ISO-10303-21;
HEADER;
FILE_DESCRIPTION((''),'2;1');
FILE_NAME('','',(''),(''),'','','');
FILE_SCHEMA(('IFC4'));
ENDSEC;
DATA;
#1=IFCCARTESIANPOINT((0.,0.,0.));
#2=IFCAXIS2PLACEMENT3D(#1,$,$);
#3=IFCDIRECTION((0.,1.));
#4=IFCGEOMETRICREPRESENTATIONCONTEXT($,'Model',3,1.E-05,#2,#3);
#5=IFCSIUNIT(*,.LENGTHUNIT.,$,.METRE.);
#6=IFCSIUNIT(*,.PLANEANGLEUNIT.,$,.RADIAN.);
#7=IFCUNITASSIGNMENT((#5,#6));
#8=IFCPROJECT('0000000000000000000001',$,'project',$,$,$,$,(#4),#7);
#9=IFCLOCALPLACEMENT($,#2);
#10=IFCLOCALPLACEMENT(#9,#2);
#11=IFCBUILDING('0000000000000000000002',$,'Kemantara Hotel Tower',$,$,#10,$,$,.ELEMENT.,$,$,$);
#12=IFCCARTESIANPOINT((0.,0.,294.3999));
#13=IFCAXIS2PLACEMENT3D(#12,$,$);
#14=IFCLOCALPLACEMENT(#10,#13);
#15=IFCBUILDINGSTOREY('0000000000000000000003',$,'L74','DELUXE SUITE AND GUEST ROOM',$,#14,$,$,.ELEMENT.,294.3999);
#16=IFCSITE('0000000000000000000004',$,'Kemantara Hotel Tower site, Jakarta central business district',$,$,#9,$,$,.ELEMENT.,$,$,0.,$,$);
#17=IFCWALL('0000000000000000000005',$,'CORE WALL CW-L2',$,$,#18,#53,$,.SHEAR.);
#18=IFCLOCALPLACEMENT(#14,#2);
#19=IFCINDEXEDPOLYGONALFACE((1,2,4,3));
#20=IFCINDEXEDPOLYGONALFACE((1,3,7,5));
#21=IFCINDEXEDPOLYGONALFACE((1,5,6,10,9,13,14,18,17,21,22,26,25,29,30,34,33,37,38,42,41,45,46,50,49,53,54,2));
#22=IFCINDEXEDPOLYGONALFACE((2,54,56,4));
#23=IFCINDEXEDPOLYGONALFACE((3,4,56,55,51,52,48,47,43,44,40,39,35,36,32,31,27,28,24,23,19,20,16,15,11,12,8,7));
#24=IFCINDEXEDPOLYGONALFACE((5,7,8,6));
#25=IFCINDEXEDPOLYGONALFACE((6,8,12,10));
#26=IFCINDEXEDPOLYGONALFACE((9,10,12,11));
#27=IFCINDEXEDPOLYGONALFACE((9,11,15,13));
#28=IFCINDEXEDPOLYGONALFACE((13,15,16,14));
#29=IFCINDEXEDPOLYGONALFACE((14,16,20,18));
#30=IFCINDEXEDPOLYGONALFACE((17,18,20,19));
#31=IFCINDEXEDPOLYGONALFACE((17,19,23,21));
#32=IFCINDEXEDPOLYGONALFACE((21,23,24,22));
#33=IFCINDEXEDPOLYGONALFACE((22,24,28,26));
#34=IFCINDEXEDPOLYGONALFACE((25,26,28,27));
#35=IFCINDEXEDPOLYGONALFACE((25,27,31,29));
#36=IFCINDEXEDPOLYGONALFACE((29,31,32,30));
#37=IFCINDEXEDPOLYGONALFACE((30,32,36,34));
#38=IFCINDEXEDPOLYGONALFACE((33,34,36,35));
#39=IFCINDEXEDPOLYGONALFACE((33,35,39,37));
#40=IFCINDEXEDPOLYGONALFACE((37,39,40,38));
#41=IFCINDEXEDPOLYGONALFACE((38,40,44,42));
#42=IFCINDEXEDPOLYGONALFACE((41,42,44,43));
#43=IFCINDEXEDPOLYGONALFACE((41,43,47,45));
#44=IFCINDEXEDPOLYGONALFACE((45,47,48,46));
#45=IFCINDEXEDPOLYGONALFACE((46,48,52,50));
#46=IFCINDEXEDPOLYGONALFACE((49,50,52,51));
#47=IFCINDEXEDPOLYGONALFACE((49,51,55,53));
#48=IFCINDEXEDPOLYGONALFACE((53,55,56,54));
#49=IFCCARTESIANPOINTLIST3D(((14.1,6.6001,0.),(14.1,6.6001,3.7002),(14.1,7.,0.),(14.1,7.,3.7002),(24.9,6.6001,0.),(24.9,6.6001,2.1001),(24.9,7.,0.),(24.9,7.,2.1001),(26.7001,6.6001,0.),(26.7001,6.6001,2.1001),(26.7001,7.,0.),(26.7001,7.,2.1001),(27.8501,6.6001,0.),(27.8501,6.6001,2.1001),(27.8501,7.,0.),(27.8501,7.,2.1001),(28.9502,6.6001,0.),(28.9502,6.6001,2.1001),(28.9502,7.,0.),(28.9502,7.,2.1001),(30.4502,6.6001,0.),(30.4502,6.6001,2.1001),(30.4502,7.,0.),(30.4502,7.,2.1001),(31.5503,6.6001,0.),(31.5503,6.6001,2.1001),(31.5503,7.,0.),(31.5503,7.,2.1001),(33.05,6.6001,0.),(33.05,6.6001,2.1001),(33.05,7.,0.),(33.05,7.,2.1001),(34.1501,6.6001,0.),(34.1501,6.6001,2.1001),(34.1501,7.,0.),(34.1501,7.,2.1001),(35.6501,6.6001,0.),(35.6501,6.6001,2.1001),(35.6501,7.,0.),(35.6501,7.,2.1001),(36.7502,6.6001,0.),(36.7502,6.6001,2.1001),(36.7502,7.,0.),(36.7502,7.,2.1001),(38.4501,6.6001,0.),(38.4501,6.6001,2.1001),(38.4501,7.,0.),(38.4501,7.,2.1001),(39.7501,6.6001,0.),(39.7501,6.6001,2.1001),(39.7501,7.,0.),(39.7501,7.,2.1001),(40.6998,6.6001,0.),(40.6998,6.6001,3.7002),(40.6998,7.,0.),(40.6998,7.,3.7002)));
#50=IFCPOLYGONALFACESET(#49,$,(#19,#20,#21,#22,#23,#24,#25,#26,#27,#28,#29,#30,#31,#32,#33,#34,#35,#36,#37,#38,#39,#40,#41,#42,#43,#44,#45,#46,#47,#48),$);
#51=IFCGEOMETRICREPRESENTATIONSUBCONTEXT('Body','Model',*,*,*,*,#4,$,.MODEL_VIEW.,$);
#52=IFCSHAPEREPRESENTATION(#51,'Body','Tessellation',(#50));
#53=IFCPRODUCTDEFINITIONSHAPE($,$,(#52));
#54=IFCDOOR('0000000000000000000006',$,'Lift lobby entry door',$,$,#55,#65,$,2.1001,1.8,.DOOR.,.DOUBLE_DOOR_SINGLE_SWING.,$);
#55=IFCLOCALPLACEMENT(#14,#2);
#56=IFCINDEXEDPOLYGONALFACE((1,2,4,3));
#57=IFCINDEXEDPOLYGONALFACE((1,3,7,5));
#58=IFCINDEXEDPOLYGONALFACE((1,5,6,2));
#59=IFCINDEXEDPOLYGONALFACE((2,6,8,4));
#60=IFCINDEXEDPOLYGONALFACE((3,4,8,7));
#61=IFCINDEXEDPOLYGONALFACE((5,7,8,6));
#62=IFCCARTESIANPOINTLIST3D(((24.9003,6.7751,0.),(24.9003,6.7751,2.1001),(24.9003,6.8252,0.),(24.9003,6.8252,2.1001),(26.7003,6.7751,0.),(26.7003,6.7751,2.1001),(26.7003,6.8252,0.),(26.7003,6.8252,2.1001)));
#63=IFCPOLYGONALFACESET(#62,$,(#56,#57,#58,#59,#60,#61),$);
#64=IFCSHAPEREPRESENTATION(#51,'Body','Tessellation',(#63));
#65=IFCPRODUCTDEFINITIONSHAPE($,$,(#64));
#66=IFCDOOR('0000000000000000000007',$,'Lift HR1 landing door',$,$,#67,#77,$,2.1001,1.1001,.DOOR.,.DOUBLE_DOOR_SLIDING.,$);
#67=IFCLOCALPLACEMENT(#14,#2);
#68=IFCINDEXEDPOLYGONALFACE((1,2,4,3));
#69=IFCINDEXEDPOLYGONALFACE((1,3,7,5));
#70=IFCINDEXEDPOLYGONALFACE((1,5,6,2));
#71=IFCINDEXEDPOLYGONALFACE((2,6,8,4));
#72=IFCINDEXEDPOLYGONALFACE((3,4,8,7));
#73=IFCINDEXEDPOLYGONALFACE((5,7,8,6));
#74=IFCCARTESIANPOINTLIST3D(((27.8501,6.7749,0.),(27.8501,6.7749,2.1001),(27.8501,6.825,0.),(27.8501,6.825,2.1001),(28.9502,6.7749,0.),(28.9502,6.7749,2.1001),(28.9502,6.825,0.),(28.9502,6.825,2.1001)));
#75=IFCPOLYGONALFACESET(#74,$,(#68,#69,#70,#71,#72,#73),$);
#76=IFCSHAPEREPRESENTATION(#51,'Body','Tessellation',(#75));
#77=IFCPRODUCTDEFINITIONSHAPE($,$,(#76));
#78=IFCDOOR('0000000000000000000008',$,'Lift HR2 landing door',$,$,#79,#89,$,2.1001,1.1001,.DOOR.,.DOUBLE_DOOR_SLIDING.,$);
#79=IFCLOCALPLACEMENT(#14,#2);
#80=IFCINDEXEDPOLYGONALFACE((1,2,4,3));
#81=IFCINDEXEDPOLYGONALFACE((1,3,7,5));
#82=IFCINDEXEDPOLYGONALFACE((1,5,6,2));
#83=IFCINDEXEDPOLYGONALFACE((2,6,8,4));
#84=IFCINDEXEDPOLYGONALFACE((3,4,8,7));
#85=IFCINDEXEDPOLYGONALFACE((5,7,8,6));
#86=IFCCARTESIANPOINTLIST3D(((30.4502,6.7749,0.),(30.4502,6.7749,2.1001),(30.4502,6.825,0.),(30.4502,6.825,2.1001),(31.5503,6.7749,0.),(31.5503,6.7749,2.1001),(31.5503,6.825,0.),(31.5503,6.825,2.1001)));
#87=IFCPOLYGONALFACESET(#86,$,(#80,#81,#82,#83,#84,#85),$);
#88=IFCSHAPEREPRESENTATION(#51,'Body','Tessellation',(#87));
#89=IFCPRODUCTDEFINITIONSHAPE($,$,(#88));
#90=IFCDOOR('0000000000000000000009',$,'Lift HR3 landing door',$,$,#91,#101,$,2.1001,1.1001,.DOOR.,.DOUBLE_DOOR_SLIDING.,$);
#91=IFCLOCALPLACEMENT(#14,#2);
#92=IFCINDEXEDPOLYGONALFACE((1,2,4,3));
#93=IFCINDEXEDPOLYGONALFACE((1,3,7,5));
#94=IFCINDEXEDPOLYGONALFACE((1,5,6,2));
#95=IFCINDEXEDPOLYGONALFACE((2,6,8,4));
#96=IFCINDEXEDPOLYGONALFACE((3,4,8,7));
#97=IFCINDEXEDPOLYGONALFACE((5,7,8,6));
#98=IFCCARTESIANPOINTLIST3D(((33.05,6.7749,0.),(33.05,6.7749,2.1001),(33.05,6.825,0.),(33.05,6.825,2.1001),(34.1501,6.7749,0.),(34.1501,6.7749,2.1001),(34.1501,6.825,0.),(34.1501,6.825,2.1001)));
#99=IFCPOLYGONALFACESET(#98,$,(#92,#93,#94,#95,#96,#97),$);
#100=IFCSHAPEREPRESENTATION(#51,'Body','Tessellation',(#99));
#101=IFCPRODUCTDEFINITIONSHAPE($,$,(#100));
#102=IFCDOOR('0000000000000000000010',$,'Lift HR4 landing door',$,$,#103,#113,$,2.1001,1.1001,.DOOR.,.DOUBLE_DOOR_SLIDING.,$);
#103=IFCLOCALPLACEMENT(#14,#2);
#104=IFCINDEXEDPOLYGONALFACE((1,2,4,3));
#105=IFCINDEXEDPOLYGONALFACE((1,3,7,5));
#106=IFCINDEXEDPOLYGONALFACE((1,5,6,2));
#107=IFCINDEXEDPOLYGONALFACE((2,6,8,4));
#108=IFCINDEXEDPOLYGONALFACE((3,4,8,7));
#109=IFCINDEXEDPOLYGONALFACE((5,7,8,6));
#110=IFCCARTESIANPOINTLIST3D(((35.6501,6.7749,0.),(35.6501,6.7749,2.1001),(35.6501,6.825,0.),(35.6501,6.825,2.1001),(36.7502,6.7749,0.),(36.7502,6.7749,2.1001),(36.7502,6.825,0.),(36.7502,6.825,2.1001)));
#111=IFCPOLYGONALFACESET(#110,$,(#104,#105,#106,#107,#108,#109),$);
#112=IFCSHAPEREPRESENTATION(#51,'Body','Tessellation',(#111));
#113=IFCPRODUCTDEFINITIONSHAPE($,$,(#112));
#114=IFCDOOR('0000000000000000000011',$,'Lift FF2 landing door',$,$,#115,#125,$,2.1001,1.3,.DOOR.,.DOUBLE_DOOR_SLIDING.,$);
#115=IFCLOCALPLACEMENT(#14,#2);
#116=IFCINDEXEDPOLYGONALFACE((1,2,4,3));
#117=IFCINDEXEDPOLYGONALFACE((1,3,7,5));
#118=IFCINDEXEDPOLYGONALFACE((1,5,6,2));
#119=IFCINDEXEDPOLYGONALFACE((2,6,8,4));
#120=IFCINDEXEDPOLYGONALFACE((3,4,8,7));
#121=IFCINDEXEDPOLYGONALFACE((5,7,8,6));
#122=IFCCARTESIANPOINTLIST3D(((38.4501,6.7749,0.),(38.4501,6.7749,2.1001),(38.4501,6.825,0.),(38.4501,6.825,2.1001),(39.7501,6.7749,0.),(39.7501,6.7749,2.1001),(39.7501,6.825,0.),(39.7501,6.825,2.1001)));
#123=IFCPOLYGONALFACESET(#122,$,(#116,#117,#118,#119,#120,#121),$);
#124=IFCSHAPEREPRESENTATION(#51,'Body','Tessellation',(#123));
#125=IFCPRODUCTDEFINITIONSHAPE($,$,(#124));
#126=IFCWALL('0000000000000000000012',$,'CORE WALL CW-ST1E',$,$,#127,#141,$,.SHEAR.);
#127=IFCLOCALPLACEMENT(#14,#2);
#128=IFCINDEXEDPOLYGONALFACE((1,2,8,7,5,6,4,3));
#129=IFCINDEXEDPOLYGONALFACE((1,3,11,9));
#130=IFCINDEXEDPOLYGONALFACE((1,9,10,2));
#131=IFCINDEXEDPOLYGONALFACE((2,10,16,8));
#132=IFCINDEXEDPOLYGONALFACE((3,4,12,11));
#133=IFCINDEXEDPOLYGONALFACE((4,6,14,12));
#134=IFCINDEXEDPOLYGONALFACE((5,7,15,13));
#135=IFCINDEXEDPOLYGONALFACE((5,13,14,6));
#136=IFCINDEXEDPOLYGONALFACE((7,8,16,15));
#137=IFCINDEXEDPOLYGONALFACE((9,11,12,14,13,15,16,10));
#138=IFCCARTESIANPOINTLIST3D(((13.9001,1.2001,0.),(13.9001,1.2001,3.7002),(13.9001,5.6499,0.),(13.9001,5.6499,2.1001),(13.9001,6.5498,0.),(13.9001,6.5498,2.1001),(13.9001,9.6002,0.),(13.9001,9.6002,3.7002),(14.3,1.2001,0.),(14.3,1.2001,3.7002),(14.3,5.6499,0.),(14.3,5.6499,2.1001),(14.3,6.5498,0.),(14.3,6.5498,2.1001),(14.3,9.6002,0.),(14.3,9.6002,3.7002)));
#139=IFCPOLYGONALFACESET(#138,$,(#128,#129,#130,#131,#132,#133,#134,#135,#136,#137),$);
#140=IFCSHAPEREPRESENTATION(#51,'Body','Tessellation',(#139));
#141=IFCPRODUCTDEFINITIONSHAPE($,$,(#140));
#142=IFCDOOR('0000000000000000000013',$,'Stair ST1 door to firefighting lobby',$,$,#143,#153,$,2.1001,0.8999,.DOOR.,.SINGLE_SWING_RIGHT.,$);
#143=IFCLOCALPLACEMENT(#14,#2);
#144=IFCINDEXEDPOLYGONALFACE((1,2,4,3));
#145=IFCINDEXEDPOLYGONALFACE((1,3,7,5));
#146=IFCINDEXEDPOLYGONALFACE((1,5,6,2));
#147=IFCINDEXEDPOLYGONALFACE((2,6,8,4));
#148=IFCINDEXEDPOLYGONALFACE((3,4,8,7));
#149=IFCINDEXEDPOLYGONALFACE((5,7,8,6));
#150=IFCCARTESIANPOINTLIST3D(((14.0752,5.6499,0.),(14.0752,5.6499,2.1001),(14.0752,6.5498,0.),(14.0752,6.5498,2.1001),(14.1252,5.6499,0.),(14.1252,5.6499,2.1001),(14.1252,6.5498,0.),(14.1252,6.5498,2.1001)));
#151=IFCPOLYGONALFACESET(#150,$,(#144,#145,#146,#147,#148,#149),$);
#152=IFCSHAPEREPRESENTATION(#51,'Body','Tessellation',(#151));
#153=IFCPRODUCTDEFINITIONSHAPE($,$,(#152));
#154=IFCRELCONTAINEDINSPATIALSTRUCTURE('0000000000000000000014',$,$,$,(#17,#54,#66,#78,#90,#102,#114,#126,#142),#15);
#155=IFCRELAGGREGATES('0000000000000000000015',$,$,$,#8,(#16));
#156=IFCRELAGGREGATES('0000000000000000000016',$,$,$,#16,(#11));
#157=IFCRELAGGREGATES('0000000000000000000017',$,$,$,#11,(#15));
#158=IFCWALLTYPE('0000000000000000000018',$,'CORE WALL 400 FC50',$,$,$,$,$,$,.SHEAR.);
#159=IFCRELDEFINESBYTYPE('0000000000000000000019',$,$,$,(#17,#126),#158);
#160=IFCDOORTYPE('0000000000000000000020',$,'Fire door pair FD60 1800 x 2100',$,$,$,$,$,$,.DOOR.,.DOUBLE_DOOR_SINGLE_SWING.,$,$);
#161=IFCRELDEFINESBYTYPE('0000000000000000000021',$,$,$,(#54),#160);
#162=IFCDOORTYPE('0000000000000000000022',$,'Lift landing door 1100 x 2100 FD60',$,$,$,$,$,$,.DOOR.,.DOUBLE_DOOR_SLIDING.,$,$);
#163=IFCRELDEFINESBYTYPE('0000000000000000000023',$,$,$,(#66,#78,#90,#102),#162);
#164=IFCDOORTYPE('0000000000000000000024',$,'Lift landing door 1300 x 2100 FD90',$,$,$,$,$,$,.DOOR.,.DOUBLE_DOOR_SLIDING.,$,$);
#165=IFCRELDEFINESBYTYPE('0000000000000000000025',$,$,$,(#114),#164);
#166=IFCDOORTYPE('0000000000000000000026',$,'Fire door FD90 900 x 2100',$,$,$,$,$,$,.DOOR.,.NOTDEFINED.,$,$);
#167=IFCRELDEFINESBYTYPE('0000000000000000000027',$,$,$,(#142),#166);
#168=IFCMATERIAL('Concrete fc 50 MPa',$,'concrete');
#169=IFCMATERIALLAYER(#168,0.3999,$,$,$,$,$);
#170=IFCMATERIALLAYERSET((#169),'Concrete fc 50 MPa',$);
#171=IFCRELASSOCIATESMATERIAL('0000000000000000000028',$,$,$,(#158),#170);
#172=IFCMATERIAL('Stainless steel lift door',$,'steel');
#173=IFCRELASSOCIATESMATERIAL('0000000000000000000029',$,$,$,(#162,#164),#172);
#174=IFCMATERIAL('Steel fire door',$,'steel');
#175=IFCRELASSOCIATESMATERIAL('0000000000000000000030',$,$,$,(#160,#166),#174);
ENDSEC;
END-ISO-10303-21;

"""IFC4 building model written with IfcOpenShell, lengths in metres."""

from ifc_helpers import new_model, si_unit, direction, frame, frame_2d, origin, place, context, subcontext, project, spatial, rectangle, extrude, material, layer, layer_set, type_object, element, fill, save


model = new_model("IFC4")

# Units and contexts
model_context = context("Model", 3, precision=1e-05, world=origin(), true_north=direction((0.0, 1.0)))
body_context = subcontext(model_context, "Body", "Model", "MODEL_VIEW")
ifc_project = project(units=[si_unit("LENGTHUNIT", "METRE"), si_unit("PLANEANGLEUNIT", "RADIAN")], contexts=[model_context])

# Site, building, storey
site_placement = place(None, origin())
site = spatial("IfcSite", under=ifc_project, at=site_placement, Name="Kemantara Hotel Tower site, Jakarta central business district", CompositionType="ELEMENT", RefElevation=0.0)
building_placement = place(site_placement, origin())
building = spatial("IfcBuilding", under=site, at=building_placement, Name="Kemantara Hotel Tower", CompositionType="ELEMENT")
storey_placement = place(building_placement, frame((0.0, 0.0, 294.3999)))
storey = spatial("IfcBuildingStorey", under=building, at=storey_placement, Name="L74", Description="DELUXE SUITE AND GUEST ROOM", CompositionType="ELEMENT", Elevation=294.3999)

# Shared definitions
ifc_material_1 = material(Name="Concrete fc 50 MPa", Category="concrete")

# Wall, openings, doors
ifc_layer_1 = layer(ifc_material_1, 0.3999)
ifc_layer_set_1 = layer_set([ifc_layer_1], Name="Concrete fc 50 MPa")
wall_type_1 = type_object("IfcWallType", Name="CORE WALL 400 FC50", PredefinedType="SHEAR", material=ifc_layer_set_1)
ifc_material_2 = material(Name="Steel fire door", Category="steel")
ifc_material_3 = material(Name="Stainless steel lift door", Category="steel")
door_type_1 = type_object("IfcDoorType", Name="Lift landing door 1100 x 2100 FD60", OperationType="DOUBLE_DOOR_SLIDING", PredefinedType="DOOR", material=ifc_material_3)
door_type_2 = type_object("IfcDoorType", Name="Lift landing door 1300 x 2100 FD90", OperationType="DOUBLE_DOOR_SLIDING", PredefinedType="DOOR", material=ifc_material_3)
wall_1_placement = place(storey_placement, frame((14.1001, 6.8, 0.0), z_axis=(0.0, 0.0, 1.0), x_axis=(1.0, 0.0, 0.0)))
wall_1 = element("IfcWall", 1, at=wall_1_placement, inside=storey, type_object=wall_type_1, Name="CORE WALL CW-L2", PredefinedType="SHEAR", context=body_context, shape_type="SweptSolid", body=[
    extrude(rectangle(XDim=26.5999, YDim=0.3999, at=frame_2d((13.2998, 0.0))), origin(), (0.0, 0.0, 1.0), 3.7002),
])
opening_1_placement = place(wall_1_placement, frame((10.8, 0.0, 0.0)))
opening_1 = element("IfcOpeningElement", 2, at=opening_1_placement, cuts=wall_1, PredefinedType="OPENING", context=body_context, shape_type="SweptSolid", body=[
    extrude(rectangle(XDim=1.8, YDim=2.1001, at=frame_2d((0.8999, 1.05))), frame((0.0, 0.21, 0.0), z_axis=(0.0, -1.0, 0.0), x_axis=(1.0, 0.0, 0.0)), (0.0, 0.0, 1.0), 0.4199),
])
opening_2_placement = place(wall_1_placement, frame((13.75, 0.0, 0.0)))
opening_2 = element("IfcOpeningElement", 3, at=opening_2_placement, cuts=wall_1, PredefinedType="OPENING", context=body_context, shape_type="SweptSolid", body=[
    extrude(rectangle(XDim=1.1001, YDim=2.1001, at=frame_2d((0.55, 1.05))), frame((0.0, 0.21, 0.0), z_axis=(0.0, -1.0, 0.0), x_axis=(1.0, 0.0, 0.0)), (0.0, 0.0, 1.0), 0.4199),
])
opening_3_placement = place(wall_1_placement, frame((16.3501, 0.0, 0.0)))
opening_3 = element("IfcOpeningElement", 4, at=opening_3_placement, cuts=wall_1, PredefinedType="OPENING", context=body_context, shape_type="SweptSolid", body=[
    extrude(rectangle(XDim=1.1001, YDim=2.1001, at=frame_2d((0.55, 1.05))), frame((0.0, 0.21, 0.0), z_axis=(0.0, -1.0, 0.0), x_axis=(1.0, 0.0, 0.0)), (0.0, 0.0, 1.0), 0.4199),
])
opening_4_placement = place(wall_1_placement, frame((18.95, 0.0, 0.0)))
opening_4 = element("IfcOpeningElement", 5, at=opening_4_placement, cuts=wall_1, PredefinedType="OPENING", context=body_context, shape_type="SweptSolid", body=[
    extrude(rectangle(XDim=1.1001, YDim=2.1001, at=frame_2d((0.55, 1.05))), frame((0.0, 0.21, 0.0), z_axis=(0.0, -1.0, 0.0), x_axis=(1.0, 0.0, 0.0)), (0.0, 0.0, 1.0), 0.4199),
])
opening_5_placement = place(wall_1_placement, frame((21.55, 0.0, 0.0)))
opening_5 = element("IfcOpeningElement", 6, at=opening_5_placement, cuts=wall_1, PredefinedType="OPENING", context=body_context, shape_type="SweptSolid", body=[
    extrude(rectangle(XDim=1.1001, YDim=2.1001, at=frame_2d((0.55, 1.05))), frame((0.0, 0.21, 0.0), z_axis=(0.0, -1.0, 0.0), x_axis=(1.0, 0.0, 0.0)), (0.0, 0.0, 1.0), 0.4199),
])
opening_6_placement = place(wall_1_placement, frame((24.3501, 0.0, 0.0)))
opening_6 = element("IfcOpeningElement", 7, at=opening_6_placement, cuts=wall_1, PredefinedType="OPENING", context=body_context, shape_type="SweptSolid", body=[
    extrude(rectangle(XDim=1.3, YDim=2.1001, at=frame_2d((0.6499, 1.05))), frame((0.0, 0.21, 0.0), z_axis=(0.0, -1.0, 0.0), x_axis=(1.0, 0.0, 0.0)), (0.0, 0.0, 1.0), 0.4199),
])
door_type_3 = type_object("IfcDoorType", Name="Fire door pair FD60 1800 x 2100", OperationType="DOUBLE_DOOR_SINGLE_SWING", PredefinedType="DOOR", material=ifc_material_2)
door_1_placement = place(opening_1_placement, frame((1.8, 0.0, 0.0), z_axis=(0.0, 0.0, 1.0), x_axis=(-1.0, 0.0, 0.0)))
door_1 = element("IfcDoor", 8, at=door_1_placement, inside=storey, type_object=door_type_3, Name="Lift lobby entry door", OperationType="DOUBLE_DOOR_SINGLE_SWING", OverallHeight=2.1001, OverallWidth=1.8, PredefinedType="DOOR", context=body_context, shape_type="SweptSolid", body=[
    extrude(rectangle(XDim=1.8, YDim=2.1001, at=frame_2d((0.8999, 1.05))), frame((0.0, 0.0249, 0.0), z_axis=(0.0, -1.0, 0.0), x_axis=(1.0, 0.0, 0.0)), (0.0, 0.0, 1.0), 0.05),
])
fill(opening_1, door_1)
door_2_placement = place(opening_2_placement, origin())
door_2 = element("IfcDoor", 9, at=door_2_placement, inside=storey, type_object=door_type_1, Name="Lift HR1 landing door", OperationType="DOUBLE_DOOR_SLIDING", OverallHeight=2.1001, OverallWidth=1.1001, PredefinedType="DOOR", context=body_context, shape_type="SweptSolid", body=[
    extrude(rectangle(XDim=1.1001, YDim=2.1001, at=frame_2d((0.55, 1.05))), frame((0.0, 0.0249, 0.0), z_axis=(0.0, -1.0, 0.0), x_axis=(1.0, 0.0, 0.0)), (0.0, 0.0, 1.0), 0.05),
])
fill(opening_2, door_2)
door_3_placement = place(opening_3_placement, origin())
door_3 = element("IfcDoor", 10, at=door_3_placement, inside=storey, type_object=door_type_1, Name="Lift HR2 landing door", OperationType="DOUBLE_DOOR_SLIDING", OverallHeight=2.1001, OverallWidth=1.1001, PredefinedType="DOOR", context=body_context, shape_type="SweptSolid", body=[
    extrude(rectangle(XDim=1.1001, YDim=2.1001, at=frame_2d((0.55, 1.05))), frame((0.0, 0.0249, 0.0), z_axis=(0.0, -1.0, 0.0), x_axis=(1.0, 0.0, 0.0)), (0.0, 0.0, 1.0), 0.05),
])
fill(opening_3, door_3)
door_4_placement = place(opening_4_placement, origin())
door_4 = element("IfcDoor", 11, at=door_4_placement, inside=storey, type_object=door_type_1, Name="Lift HR3 landing door", OperationType="DOUBLE_DOOR_SLIDING", OverallHeight=2.1001, OverallWidth=1.1001, PredefinedType="DOOR", context=body_context, shape_type="SweptSolid", body=[
    extrude(rectangle(XDim=1.1001, YDim=2.1001, at=frame_2d((0.55, 1.05))), frame((0.0, 0.0249, 0.0), z_axis=(0.0, -1.0, 0.0), x_axis=(1.0, 0.0, 0.0)), (0.0, 0.0, 1.0), 0.05),
])
fill(opening_4, door_4)
door_5_placement = place(opening_5_placement, origin())
door_5 = element("IfcDoor", 12, at=door_5_placement, inside=storey, type_object=door_type_1, Name="Lift HR4 landing door", OperationType="DOUBLE_DOOR_SLIDING", OverallHeight=2.1001, OverallWidth=1.1001, PredefinedType="DOOR", context=body_context, shape_type="SweptSolid", body=[
    extrude(rectangle(XDim=1.1001, YDim=2.1001, at=frame_2d((0.55, 1.05))), frame((0.0, 0.0249, 0.0), z_axis=(0.0, -1.0, 0.0), x_axis=(1.0, 0.0, 0.0)), (0.0, 0.0, 1.0), 0.05),
])
fill(opening_5, door_5)
door_6_placement = place(opening_6_placement, origin())
door_6 = element("IfcDoor", 13, at=door_6_placement, inside=storey, type_object=door_type_2, Name="Lift FF2 landing door", OperationType="DOUBLE_DOOR_SLIDING", OverallHeight=2.1001, OverallWidth=1.3, PredefinedType="DOOR", context=body_context, shape_type="SweptSolid", body=[
    extrude(rectangle(XDim=1.3, YDim=2.1001, at=frame_2d((0.6499, 1.05))), frame((0.0, 0.0249, 0.0), z_axis=(0.0, -1.0, 0.0), x_axis=(1.0, 0.0, 0.0)), (0.0, 0.0, 1.0), 0.05),
])
fill(opening_6, door_6)

# Wall, opening, door
wall_2_placement = place(storey_placement, frame((14.1001, 1.2, 0.0), z_axis=(0.0, 0.0, 1.0), x_axis=(0.0, 1.0, 0.0)))
wall_2 = element("IfcWall", 14, at=wall_2_placement, inside=storey, type_object=wall_type_1, Name="CORE WALL CW-ST1E", PredefinedType="SHEAR", context=body_context, shape_type="SweptSolid", body=[
    extrude(rectangle(XDim=8.4001, YDim=0.3999, at=frame_2d((4.2002, 0.0))), origin(), (0.0, 0.0, 1.0), 3.7002),
])
opening_7_placement = place(wall_2_placement, frame((4.45, 0.0, 0.0)))
opening_7 = element("IfcOpeningElement", 15, at=opening_7_placement, cuts=wall_2, PredefinedType="OPENING", context=body_context, shape_type="SweptSolid", body=[
    extrude(rectangle(XDim=0.8999, YDim=2.1001, at=frame_2d((0.45, 1.05))), frame((0.0, 0.21, 0.0), z_axis=(0.0, -1.0, 0.0), x_axis=(1.0, 0.0, 0.0)), (0.0, 0.0, 1.0), 0.4199),
])
door_type_4 = type_object("IfcDoorType", Name="Fire door FD90 900 x 2100", OperationType="NOTDEFINED", PredefinedType="DOOR", material=ifc_material_2)
door_7_placement = place(opening_7_placement, origin())
door_7 = element("IfcDoor", 16, at=door_7_placement, inside=storey, type_object=door_type_4, Name="Stair ST1 door to firefighting lobby", OperationType="SINGLE_SWING_RIGHT", OverallHeight=2.1001, OverallWidth=0.8999, PredefinedType="DOOR", context=body_context, shape_type="SweptSolid", body=[
    extrude(rectangle(XDim=0.8999, YDim=2.1001, at=frame_2d((0.45, 1.05))), frame((0.0, 0.0249, 0.0), z_axis=(0.0, -1.0, 0.0), x_axis=(1.0, 0.0, 0.0)), (0.0, 0.0, 1.0), 0.05),
])
fill(opening_7, door_7)

save(model, "model.ifc")
